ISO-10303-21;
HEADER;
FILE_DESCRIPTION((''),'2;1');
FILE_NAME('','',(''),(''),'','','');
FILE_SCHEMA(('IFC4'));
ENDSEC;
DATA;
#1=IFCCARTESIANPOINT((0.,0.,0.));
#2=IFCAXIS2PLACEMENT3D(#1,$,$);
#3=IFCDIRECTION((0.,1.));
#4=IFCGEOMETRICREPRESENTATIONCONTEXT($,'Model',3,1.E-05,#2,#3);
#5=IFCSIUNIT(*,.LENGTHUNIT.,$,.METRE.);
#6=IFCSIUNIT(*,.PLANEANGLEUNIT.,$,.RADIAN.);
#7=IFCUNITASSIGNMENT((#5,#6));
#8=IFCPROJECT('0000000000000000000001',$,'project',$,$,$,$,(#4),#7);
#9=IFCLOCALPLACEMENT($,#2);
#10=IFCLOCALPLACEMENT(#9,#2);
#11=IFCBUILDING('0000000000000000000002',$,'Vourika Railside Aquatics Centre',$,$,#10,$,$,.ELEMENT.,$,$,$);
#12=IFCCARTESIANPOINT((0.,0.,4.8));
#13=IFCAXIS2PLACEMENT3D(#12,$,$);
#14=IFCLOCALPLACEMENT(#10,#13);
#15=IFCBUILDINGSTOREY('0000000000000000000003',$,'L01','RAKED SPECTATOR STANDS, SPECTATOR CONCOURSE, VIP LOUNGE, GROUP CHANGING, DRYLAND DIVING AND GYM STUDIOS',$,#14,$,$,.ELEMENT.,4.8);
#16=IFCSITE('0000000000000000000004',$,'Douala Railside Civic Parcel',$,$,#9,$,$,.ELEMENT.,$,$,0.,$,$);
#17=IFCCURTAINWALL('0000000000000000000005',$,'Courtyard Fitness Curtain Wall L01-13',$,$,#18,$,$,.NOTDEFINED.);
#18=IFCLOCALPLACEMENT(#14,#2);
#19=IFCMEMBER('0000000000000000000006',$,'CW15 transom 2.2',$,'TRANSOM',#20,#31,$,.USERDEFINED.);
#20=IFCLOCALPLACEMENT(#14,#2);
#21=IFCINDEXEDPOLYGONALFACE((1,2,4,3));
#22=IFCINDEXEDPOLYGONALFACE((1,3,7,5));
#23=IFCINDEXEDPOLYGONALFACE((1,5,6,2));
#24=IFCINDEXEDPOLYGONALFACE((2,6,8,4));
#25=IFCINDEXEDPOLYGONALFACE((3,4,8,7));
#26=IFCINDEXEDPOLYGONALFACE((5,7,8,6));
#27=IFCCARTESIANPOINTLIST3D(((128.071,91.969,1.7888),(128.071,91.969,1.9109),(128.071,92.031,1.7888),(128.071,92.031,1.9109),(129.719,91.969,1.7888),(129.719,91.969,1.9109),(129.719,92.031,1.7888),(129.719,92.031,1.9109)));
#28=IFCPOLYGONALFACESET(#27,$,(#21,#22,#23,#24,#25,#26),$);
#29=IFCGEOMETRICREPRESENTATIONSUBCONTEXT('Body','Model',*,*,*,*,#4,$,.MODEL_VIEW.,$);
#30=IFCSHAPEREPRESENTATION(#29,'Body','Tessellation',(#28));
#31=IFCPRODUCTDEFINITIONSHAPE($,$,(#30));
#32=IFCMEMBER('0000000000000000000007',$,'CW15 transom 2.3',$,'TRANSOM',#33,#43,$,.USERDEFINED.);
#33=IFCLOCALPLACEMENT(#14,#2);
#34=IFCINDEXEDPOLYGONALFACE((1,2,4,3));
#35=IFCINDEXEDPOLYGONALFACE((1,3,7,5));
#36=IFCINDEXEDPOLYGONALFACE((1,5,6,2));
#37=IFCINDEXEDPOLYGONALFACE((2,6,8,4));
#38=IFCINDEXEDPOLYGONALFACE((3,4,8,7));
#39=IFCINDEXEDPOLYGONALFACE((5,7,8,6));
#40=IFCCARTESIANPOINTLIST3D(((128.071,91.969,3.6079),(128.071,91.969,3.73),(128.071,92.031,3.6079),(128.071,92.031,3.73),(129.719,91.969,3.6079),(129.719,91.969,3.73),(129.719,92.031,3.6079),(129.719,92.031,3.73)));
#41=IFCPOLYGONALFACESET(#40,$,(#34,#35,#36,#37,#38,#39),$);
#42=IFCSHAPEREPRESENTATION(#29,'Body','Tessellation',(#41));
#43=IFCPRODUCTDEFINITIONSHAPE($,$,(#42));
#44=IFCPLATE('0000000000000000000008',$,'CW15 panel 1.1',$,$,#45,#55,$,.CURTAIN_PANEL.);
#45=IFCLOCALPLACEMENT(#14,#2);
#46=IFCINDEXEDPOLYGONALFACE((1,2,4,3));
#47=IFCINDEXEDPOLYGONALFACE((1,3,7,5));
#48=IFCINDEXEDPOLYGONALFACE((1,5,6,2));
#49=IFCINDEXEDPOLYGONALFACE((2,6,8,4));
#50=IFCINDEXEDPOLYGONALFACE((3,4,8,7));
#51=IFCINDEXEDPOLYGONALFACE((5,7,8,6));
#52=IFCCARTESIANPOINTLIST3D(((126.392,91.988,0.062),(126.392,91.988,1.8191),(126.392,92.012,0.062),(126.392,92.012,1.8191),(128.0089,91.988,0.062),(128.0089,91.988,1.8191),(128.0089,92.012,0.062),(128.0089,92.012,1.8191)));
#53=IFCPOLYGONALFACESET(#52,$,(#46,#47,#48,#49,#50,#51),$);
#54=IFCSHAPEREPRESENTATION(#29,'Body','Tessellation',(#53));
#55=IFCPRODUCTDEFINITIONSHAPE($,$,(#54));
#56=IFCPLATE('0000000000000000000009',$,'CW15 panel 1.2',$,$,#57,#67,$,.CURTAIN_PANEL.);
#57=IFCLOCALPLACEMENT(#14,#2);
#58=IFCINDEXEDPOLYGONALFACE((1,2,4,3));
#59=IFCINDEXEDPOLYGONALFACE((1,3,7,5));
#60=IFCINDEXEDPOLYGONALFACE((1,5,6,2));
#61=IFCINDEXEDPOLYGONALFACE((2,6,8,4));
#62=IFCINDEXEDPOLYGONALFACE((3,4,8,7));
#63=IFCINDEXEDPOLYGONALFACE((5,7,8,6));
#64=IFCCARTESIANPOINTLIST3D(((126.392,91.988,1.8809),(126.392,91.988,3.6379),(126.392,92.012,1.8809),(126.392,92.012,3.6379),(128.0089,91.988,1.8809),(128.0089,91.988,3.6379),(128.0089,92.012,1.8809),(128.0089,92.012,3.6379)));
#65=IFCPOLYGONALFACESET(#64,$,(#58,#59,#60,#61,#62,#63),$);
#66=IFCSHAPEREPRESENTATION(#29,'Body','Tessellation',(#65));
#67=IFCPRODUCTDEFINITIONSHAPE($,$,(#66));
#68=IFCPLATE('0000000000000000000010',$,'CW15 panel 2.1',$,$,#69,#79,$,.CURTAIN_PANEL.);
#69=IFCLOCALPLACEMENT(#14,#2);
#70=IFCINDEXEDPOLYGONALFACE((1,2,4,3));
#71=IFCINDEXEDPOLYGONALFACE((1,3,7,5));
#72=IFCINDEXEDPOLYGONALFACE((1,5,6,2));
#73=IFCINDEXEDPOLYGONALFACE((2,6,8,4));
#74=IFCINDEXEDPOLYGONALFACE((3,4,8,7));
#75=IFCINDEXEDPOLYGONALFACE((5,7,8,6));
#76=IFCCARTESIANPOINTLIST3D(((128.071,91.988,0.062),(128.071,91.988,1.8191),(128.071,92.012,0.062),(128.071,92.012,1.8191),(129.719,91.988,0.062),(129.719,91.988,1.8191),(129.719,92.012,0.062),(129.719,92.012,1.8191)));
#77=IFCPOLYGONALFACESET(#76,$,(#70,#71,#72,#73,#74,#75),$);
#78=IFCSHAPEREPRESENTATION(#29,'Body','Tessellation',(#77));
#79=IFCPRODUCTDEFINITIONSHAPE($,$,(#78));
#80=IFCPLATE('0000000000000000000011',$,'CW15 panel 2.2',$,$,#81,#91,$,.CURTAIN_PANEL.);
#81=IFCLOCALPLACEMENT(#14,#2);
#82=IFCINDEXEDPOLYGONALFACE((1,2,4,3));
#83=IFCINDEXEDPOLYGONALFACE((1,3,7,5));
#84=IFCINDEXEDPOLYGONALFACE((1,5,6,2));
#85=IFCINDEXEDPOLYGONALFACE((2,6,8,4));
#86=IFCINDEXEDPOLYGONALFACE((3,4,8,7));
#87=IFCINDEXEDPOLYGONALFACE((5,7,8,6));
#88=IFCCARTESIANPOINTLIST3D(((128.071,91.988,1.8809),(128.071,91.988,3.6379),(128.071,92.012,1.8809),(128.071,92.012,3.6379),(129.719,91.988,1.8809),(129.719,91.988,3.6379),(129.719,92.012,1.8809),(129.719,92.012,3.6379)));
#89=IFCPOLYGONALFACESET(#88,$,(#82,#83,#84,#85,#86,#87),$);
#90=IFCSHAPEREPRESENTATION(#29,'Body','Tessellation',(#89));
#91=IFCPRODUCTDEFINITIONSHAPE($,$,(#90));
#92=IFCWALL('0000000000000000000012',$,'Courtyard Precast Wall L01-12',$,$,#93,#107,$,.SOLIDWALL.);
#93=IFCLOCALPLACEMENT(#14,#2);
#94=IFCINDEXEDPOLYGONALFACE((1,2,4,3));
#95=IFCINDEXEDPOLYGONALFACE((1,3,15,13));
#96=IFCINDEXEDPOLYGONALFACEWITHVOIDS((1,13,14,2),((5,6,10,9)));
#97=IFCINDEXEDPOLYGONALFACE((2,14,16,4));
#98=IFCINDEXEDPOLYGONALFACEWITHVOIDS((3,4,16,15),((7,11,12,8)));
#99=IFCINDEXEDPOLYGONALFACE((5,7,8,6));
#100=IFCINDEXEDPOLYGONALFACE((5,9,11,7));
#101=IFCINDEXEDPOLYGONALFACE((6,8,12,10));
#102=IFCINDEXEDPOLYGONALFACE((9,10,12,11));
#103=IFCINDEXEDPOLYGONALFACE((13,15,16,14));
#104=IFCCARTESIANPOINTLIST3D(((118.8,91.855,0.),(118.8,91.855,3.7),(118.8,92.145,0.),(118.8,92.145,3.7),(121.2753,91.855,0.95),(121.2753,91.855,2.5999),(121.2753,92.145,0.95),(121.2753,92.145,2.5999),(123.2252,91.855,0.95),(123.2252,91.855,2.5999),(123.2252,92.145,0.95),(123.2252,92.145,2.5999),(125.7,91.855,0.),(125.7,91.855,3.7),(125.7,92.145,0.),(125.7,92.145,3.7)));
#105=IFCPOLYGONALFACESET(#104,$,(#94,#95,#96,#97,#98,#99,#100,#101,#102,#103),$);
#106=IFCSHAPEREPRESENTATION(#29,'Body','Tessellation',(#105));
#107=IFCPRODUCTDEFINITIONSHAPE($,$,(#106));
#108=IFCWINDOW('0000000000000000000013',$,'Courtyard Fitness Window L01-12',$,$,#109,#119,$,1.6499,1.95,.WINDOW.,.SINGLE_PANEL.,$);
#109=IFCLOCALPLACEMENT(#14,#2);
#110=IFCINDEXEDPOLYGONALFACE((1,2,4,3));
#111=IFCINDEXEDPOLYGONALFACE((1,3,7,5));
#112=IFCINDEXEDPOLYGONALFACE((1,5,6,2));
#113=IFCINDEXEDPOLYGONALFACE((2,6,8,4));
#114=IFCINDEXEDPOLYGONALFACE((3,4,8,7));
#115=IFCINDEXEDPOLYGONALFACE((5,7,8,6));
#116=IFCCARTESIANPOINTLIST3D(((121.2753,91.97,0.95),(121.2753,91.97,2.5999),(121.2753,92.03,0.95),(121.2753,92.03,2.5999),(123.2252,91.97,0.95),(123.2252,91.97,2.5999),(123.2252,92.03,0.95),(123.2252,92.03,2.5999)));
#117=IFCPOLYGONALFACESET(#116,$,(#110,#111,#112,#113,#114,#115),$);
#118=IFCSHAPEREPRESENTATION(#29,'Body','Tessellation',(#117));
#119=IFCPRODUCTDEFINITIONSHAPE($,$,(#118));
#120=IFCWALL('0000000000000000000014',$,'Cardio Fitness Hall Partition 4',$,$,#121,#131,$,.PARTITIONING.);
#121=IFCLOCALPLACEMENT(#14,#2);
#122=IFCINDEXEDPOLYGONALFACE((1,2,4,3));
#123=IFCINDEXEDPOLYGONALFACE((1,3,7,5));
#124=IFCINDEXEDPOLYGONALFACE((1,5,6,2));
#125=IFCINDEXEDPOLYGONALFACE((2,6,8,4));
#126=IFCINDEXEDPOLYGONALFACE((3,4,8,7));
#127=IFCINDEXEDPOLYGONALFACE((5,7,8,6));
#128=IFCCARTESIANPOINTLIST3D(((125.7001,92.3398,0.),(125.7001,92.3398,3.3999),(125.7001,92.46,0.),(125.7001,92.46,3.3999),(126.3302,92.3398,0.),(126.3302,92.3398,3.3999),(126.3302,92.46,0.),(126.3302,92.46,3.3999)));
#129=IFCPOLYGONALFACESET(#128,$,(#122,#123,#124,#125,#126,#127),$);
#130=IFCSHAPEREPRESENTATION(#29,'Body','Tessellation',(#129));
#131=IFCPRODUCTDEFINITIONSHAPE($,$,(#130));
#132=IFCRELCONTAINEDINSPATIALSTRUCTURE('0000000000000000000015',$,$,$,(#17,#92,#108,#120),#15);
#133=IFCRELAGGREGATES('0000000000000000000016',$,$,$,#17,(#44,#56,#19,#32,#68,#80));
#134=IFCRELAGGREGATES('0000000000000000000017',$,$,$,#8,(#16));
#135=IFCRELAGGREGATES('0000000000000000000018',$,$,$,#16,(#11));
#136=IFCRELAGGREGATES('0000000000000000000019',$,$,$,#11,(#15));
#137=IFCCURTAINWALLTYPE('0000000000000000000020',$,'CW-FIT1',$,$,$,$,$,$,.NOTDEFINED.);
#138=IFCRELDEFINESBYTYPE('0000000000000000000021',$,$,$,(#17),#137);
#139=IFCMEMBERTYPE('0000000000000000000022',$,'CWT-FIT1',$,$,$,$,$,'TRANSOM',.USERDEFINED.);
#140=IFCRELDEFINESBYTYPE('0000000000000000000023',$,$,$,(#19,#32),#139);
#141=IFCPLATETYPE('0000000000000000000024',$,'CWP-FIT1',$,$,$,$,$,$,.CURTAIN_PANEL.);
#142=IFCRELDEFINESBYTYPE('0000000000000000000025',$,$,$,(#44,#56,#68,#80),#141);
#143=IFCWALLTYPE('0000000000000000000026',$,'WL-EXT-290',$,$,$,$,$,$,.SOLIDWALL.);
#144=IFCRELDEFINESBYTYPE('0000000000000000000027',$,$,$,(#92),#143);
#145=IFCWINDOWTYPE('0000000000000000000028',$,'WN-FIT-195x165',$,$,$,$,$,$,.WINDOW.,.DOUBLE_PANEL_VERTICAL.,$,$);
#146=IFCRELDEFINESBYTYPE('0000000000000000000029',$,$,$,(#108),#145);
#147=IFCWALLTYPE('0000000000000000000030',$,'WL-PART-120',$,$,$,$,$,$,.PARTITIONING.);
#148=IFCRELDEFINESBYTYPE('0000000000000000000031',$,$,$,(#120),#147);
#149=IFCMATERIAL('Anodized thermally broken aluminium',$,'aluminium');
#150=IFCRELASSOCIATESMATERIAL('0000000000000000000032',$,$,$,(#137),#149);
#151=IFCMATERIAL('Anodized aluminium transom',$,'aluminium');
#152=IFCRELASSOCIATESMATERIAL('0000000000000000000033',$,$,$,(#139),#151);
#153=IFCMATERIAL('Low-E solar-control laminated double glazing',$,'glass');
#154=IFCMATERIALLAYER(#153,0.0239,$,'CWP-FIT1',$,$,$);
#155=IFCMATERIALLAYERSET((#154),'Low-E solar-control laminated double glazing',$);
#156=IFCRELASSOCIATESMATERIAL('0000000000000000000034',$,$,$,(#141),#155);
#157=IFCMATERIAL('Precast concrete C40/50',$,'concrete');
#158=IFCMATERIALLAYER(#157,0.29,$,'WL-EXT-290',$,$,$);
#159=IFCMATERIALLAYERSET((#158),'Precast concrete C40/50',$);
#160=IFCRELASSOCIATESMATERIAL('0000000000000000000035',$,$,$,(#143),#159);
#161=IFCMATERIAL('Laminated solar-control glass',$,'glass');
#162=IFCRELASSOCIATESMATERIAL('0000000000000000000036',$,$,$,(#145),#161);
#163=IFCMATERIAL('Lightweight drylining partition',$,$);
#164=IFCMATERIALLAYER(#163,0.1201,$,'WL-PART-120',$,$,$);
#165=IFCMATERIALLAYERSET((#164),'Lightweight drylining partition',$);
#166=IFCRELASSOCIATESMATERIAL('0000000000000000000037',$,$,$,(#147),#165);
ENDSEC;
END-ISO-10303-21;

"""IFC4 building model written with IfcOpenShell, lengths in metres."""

from ifc_helpers import new_model, si_unit, direction, frame, frame_2d, origin, origin_2d, place, context, subcontext, project, spatial, rectangle, extrude, material, layer, layer_set, material_profile, profile_set, type_object, element, fill, aggregate, save


model = new_model("IFC4")

# Units and contexts
model_context = context("Model", 3, precision=1e-05, world=origin(), true_north=direction((0.0, 1.0)))
body_context = subcontext(model_context, "Body", "Model", "MODEL_VIEW")
ifc_project = project(units=[si_unit("LENGTHUNIT", "METRE"), si_unit("PLANEANGLEUNIT", "RADIAN")], contexts=[model_context])

# Site, building, storey
site_placement = place(None, origin())
site = spatial("IfcSite", under=ifc_project, at=site_placement, Name="Douala Railside Civic Parcel", CompositionType="ELEMENT", RefElevation=0.0)
building_placement = place(site_placement, origin())
building = spatial("IfcBuilding", under=site, at=building_placement, Name="Vourika Railside Aquatics Centre", CompositionType="ELEMENT")
storey_placement = place(building_placement, frame((0.0, 0.0, 4.8)))
storey = spatial("IfcBuildingStorey", under=building, at=storey_placement, Name="L01", Description="RAKED SPECTATOR STANDS, SPECTATOR CONCOURSE, VIP LOUNGE, GROUP CHANGING, DRYLAND DIVING AND GYM STUDIOS", CompositionType="ELEMENT", Elevation=4.8)

# Curtain wall, members, plates
ifc_material_1 = material(Name="Anodized thermally broken aluminium", Category="aluminium")
curtain_wall_type = type_object("IfcCurtainWallType", Name="CW-FIT1", PredefinedType="NOTDEFINED", material=ifc_material_1)
curtain_wall_placement = place(storey_placement, origin())
curtain_wall = element("IfcCurtainWall", 1, at=curtain_wall_placement, inside=storey, type_object=curtain_wall_type, Name="Courtyard Fitness Curtain Wall L01-13", PredefinedType="NOTDEFINED")
ifc_material_2 = material(Name="Anodized aluminium transom", Category="aluminium")
ifc_material_profile_1 = material_profile(ifc_material_2, rectangle(XDim=0.062, YDim=0.1221, at=origin_2d()), Name="ALU-T 62x122")
ifc_profile_set_1 = profile_set([ifc_material_profile_1], Name="Anodized aluminium transom")
member_type_1 = type_object("IfcMemberType", Name="CWT-FIT1", ElementType="TRANSOM", PredefinedType="USERDEFINED", material=ifc_profile_set_1)
member_1_placement = place(storey_placement, frame((128.071, 92.0, 1.8499), z_axis=(1.0, 0.0, 0.0), x_axis=(0.0, 1.0, 0.0)))
member_1 = element("IfcMember", 2, at=member_1_placement, type_object=member_type_1, Name="CW15 transom 2.2", ObjectType="TRANSOM", PredefinedType="USERDEFINED", context=body_context, shape_type="SweptSolid", body=[
    extrude(rectangle(XDim=0.062, YDim=0.1221, at=origin_2d()), origin(), (0.0, 0.0, 1.0), 1.6479),
])
member_2_placement = place(storey_placement, frame((128.071, 92.0, 3.6689), z_axis=(1.0, 0.0, 0.0), x_axis=(0.0, 1.0, 0.0)))
member_2 = element("IfcMember", 3, at=member_2_placement, type_object=member_type_1, Name="CW15 transom 2.3", ObjectType="TRANSOM", PredefinedType="USERDEFINED", context=body_context, shape_type="SweptSolid", body=[
    extrude(rectangle(XDim=0.062, YDim=0.1221, at=origin_2d()), origin(), (0.0, 0.0, 1.0), 1.6479),
])
ifc_material_3 = material(Name="Low-E solar-control laminated double glazing", Category="glass")
ifc_layer_1 = layer(ifc_material_3, 0.0239, Name="CWP-FIT1")
ifc_layer_set_1 = layer_set([ifc_layer_1], Name="Low-E solar-control laminated double glazing")
plate_type = type_object("IfcPlateType", Name="CWP-FIT1", PredefinedType="CURTAIN_PANEL", material=ifc_layer_set_1)
plate_1_placement = place(storey_placement, frame((127.2004, 92.0, 0.062), z_axis=(0.0, 0.0, 1.0), x_axis=(1.0, 0.0, 0.0)))
plate_1 = element("IfcPlate", 4, at=plate_1_placement, type_object=plate_type, Name="CW15 panel 1.1", PredefinedType="CURTAIN_PANEL", context=body_context, shape_type="SweptSolid", body=[
    extrude(rectangle(XDim=1.6169, YDim=0.0239, at=origin_2d()), origin(), (0.0, 0.0, 1.0), 1.7571),
])
plate_2_placement = place(storey_placement, frame((127.2004, 92.0, 1.8809), z_axis=(0.0, 0.0, 1.0), x_axis=(1.0, 0.0, 0.0)))
plate_2 = element("IfcPlate", 5, at=plate_2_placement, type_object=plate_type, Name="CW15 panel 1.2", PredefinedType="CURTAIN_PANEL", context=body_context, shape_type="SweptSolid", body=[
    extrude(rectangle(XDim=1.6169, YDim=0.0239, at=origin_2d()), origin(), (0.0, 0.0, 1.0), 1.7571),
])
plate_3_placement = place(storey_placement, frame((128.895, 92.0, 0.062), z_axis=(0.0, 0.0, 1.0), x_axis=(1.0, 0.0, 0.0)))
plate_3 = element("IfcPlate", 6, at=plate_3_placement, type_object=plate_type, Name="CW15 panel 2.1", PredefinedType="CURTAIN_PANEL", context=body_context, shape_type="SweptSolid", body=[
    extrude(rectangle(XDim=1.6479, YDim=0.0239, at=origin_2d()), origin(), (0.0, 0.0, 1.0), 1.7571),
])
plate_4_placement = place(storey_placement, frame((128.895, 92.0, 1.8809), z_axis=(0.0, 0.0, 1.0), x_axis=(1.0, 0.0, 0.0)))
plate_4 = element("IfcPlate", 7, at=plate_4_placement, type_object=plate_type, Name="CW15 panel 2.2", PredefinedType="CURTAIN_PANEL", context=body_context, shape_type="SweptSolid", body=[
    extrude(rectangle(XDim=1.6479, YDim=0.0239, at=origin_2d()), origin(), (0.0, 0.0, 1.0), 1.7571),
])
aggregate(curtain_wall, [plate_1, plate_2, member_1, member_2, plate_3, plate_4])

# Wall, opening, window
ifc_material_4 = material(Name="Precast concrete C40/50", Category="concrete")
ifc_layer_2 = layer(ifc_material_4, 0.29, Name="WL-EXT-290")
ifc_layer_set_2 = layer_set([ifc_layer_2], Name="Precast concrete C40/50")
wall_type_1 = type_object("IfcWallType", Name="WL-EXT-290", PredefinedType="SOLIDWALL", material=ifc_layer_set_2)
wall_placement = place(storey_placement, frame((118.8, 92.0, 0.0), z_axis=(0.0, 0.0, 1.0), x_axis=(1.0, 0.0, 0.0)))
wall = element("IfcWall", 8, at=wall_placement, inside=storey, type_object=wall_type_1, Name="Courtyard Precast Wall L01-12", PredefinedType="SOLIDWALL", context=body_context, shape_type="SweptSolid", body=[
    extrude(rectangle(XDim=6.8999, YDim=0.29, at=frame_2d((3.45, 0.0))), origin(), (0.0, 0.0, 1.0), 3.7),
])
opening_placement = place(wall_placement, frame((2.4751, 0.0, 0.95)))
opening = element("IfcOpeningElement", 9, at=opening_placement, cuts=wall, PredefinedType="OPENING", context=body_context, shape_type="SweptSolid", body=[
    extrude(rectangle(XDim=1.95, YDim=1.6499, at=frame_2d((0.9751, 0.825))), frame((0.0, 0.155, 0.0), z_axis=(0.0, -1.0, 0.0), x_axis=(1.0, 0.0, 0.0)), (0.0, 0.0, 1.0), 0.3101),
])
ifc_material_5 = material(Name="Laminated solar-control glass", Category="glass")
window_type = type_object("IfcWindowType", Name="WN-FIT-195x165", PartitioningType="DOUBLE_PANEL_VERTICAL", PredefinedType="WINDOW", material=ifc_material_5)
window_placement = place(opening_placement, origin())
window = element("IfcWindow", 10, at=window_placement, inside=storey, type_object=window_type, Name="Courtyard Fitness Window L01-12", OverallHeight=1.6499, OverallWidth=1.95, PartitioningType="SINGLE_PANEL", PredefinedType="WINDOW", context=body_context, shape_type="SweptSolid", body=[
    extrude(rectangle(XDim=1.95, YDim=1.6499, at=frame_2d((0.9751, 0.825))), frame((0.0, 0.03, 0.0), z_axis=(0.0, -1.0, 0.0), x_axis=(1.0, 0.0, 0.0)), (0.0, 0.0, 1.0), 0.0601),
])
fill(opening, window)

# Wall
ifc_material_6 = material(Name="Lightweight drylining partition")
ifc_layer_3 = layer(ifc_material_6, 0.1201, Name="WL-PART-120")
ifc_layer_set_3 = layer_set([ifc_layer_3], Name="Lightweight drylining partition")
wall_type_2 = type_object("IfcWallType", Name="WL-PART-120", PredefinedType="PARTITIONING", material=ifc_layer_set_3)
for number, where, z_axis, x_axis, name in (
    (11, (126.3301, 92.3999, 0.0), (0.0, 0.0, 1.0), (-1.0, 0.0, 0.0), "Cardio Fitness Hall Partition 4"),
):
    element("IfcWall", number, at=place(storey_placement, frame(where, z_axis=z_axis, x_axis=x_axis)), inside=storey, type_object=wall_type_2, Name=name, PredefinedType="PARTITIONING", context=body_context, shape_type="SweptSolid", body=[
        extrude(rectangle(XDim=0.6301, YDim=0.1201, at=frame_2d((0.3149, 0.0))), origin(), (0.0, 0.0, 1.0), 3.3999),
    ])

save(model, "model.ifc")
